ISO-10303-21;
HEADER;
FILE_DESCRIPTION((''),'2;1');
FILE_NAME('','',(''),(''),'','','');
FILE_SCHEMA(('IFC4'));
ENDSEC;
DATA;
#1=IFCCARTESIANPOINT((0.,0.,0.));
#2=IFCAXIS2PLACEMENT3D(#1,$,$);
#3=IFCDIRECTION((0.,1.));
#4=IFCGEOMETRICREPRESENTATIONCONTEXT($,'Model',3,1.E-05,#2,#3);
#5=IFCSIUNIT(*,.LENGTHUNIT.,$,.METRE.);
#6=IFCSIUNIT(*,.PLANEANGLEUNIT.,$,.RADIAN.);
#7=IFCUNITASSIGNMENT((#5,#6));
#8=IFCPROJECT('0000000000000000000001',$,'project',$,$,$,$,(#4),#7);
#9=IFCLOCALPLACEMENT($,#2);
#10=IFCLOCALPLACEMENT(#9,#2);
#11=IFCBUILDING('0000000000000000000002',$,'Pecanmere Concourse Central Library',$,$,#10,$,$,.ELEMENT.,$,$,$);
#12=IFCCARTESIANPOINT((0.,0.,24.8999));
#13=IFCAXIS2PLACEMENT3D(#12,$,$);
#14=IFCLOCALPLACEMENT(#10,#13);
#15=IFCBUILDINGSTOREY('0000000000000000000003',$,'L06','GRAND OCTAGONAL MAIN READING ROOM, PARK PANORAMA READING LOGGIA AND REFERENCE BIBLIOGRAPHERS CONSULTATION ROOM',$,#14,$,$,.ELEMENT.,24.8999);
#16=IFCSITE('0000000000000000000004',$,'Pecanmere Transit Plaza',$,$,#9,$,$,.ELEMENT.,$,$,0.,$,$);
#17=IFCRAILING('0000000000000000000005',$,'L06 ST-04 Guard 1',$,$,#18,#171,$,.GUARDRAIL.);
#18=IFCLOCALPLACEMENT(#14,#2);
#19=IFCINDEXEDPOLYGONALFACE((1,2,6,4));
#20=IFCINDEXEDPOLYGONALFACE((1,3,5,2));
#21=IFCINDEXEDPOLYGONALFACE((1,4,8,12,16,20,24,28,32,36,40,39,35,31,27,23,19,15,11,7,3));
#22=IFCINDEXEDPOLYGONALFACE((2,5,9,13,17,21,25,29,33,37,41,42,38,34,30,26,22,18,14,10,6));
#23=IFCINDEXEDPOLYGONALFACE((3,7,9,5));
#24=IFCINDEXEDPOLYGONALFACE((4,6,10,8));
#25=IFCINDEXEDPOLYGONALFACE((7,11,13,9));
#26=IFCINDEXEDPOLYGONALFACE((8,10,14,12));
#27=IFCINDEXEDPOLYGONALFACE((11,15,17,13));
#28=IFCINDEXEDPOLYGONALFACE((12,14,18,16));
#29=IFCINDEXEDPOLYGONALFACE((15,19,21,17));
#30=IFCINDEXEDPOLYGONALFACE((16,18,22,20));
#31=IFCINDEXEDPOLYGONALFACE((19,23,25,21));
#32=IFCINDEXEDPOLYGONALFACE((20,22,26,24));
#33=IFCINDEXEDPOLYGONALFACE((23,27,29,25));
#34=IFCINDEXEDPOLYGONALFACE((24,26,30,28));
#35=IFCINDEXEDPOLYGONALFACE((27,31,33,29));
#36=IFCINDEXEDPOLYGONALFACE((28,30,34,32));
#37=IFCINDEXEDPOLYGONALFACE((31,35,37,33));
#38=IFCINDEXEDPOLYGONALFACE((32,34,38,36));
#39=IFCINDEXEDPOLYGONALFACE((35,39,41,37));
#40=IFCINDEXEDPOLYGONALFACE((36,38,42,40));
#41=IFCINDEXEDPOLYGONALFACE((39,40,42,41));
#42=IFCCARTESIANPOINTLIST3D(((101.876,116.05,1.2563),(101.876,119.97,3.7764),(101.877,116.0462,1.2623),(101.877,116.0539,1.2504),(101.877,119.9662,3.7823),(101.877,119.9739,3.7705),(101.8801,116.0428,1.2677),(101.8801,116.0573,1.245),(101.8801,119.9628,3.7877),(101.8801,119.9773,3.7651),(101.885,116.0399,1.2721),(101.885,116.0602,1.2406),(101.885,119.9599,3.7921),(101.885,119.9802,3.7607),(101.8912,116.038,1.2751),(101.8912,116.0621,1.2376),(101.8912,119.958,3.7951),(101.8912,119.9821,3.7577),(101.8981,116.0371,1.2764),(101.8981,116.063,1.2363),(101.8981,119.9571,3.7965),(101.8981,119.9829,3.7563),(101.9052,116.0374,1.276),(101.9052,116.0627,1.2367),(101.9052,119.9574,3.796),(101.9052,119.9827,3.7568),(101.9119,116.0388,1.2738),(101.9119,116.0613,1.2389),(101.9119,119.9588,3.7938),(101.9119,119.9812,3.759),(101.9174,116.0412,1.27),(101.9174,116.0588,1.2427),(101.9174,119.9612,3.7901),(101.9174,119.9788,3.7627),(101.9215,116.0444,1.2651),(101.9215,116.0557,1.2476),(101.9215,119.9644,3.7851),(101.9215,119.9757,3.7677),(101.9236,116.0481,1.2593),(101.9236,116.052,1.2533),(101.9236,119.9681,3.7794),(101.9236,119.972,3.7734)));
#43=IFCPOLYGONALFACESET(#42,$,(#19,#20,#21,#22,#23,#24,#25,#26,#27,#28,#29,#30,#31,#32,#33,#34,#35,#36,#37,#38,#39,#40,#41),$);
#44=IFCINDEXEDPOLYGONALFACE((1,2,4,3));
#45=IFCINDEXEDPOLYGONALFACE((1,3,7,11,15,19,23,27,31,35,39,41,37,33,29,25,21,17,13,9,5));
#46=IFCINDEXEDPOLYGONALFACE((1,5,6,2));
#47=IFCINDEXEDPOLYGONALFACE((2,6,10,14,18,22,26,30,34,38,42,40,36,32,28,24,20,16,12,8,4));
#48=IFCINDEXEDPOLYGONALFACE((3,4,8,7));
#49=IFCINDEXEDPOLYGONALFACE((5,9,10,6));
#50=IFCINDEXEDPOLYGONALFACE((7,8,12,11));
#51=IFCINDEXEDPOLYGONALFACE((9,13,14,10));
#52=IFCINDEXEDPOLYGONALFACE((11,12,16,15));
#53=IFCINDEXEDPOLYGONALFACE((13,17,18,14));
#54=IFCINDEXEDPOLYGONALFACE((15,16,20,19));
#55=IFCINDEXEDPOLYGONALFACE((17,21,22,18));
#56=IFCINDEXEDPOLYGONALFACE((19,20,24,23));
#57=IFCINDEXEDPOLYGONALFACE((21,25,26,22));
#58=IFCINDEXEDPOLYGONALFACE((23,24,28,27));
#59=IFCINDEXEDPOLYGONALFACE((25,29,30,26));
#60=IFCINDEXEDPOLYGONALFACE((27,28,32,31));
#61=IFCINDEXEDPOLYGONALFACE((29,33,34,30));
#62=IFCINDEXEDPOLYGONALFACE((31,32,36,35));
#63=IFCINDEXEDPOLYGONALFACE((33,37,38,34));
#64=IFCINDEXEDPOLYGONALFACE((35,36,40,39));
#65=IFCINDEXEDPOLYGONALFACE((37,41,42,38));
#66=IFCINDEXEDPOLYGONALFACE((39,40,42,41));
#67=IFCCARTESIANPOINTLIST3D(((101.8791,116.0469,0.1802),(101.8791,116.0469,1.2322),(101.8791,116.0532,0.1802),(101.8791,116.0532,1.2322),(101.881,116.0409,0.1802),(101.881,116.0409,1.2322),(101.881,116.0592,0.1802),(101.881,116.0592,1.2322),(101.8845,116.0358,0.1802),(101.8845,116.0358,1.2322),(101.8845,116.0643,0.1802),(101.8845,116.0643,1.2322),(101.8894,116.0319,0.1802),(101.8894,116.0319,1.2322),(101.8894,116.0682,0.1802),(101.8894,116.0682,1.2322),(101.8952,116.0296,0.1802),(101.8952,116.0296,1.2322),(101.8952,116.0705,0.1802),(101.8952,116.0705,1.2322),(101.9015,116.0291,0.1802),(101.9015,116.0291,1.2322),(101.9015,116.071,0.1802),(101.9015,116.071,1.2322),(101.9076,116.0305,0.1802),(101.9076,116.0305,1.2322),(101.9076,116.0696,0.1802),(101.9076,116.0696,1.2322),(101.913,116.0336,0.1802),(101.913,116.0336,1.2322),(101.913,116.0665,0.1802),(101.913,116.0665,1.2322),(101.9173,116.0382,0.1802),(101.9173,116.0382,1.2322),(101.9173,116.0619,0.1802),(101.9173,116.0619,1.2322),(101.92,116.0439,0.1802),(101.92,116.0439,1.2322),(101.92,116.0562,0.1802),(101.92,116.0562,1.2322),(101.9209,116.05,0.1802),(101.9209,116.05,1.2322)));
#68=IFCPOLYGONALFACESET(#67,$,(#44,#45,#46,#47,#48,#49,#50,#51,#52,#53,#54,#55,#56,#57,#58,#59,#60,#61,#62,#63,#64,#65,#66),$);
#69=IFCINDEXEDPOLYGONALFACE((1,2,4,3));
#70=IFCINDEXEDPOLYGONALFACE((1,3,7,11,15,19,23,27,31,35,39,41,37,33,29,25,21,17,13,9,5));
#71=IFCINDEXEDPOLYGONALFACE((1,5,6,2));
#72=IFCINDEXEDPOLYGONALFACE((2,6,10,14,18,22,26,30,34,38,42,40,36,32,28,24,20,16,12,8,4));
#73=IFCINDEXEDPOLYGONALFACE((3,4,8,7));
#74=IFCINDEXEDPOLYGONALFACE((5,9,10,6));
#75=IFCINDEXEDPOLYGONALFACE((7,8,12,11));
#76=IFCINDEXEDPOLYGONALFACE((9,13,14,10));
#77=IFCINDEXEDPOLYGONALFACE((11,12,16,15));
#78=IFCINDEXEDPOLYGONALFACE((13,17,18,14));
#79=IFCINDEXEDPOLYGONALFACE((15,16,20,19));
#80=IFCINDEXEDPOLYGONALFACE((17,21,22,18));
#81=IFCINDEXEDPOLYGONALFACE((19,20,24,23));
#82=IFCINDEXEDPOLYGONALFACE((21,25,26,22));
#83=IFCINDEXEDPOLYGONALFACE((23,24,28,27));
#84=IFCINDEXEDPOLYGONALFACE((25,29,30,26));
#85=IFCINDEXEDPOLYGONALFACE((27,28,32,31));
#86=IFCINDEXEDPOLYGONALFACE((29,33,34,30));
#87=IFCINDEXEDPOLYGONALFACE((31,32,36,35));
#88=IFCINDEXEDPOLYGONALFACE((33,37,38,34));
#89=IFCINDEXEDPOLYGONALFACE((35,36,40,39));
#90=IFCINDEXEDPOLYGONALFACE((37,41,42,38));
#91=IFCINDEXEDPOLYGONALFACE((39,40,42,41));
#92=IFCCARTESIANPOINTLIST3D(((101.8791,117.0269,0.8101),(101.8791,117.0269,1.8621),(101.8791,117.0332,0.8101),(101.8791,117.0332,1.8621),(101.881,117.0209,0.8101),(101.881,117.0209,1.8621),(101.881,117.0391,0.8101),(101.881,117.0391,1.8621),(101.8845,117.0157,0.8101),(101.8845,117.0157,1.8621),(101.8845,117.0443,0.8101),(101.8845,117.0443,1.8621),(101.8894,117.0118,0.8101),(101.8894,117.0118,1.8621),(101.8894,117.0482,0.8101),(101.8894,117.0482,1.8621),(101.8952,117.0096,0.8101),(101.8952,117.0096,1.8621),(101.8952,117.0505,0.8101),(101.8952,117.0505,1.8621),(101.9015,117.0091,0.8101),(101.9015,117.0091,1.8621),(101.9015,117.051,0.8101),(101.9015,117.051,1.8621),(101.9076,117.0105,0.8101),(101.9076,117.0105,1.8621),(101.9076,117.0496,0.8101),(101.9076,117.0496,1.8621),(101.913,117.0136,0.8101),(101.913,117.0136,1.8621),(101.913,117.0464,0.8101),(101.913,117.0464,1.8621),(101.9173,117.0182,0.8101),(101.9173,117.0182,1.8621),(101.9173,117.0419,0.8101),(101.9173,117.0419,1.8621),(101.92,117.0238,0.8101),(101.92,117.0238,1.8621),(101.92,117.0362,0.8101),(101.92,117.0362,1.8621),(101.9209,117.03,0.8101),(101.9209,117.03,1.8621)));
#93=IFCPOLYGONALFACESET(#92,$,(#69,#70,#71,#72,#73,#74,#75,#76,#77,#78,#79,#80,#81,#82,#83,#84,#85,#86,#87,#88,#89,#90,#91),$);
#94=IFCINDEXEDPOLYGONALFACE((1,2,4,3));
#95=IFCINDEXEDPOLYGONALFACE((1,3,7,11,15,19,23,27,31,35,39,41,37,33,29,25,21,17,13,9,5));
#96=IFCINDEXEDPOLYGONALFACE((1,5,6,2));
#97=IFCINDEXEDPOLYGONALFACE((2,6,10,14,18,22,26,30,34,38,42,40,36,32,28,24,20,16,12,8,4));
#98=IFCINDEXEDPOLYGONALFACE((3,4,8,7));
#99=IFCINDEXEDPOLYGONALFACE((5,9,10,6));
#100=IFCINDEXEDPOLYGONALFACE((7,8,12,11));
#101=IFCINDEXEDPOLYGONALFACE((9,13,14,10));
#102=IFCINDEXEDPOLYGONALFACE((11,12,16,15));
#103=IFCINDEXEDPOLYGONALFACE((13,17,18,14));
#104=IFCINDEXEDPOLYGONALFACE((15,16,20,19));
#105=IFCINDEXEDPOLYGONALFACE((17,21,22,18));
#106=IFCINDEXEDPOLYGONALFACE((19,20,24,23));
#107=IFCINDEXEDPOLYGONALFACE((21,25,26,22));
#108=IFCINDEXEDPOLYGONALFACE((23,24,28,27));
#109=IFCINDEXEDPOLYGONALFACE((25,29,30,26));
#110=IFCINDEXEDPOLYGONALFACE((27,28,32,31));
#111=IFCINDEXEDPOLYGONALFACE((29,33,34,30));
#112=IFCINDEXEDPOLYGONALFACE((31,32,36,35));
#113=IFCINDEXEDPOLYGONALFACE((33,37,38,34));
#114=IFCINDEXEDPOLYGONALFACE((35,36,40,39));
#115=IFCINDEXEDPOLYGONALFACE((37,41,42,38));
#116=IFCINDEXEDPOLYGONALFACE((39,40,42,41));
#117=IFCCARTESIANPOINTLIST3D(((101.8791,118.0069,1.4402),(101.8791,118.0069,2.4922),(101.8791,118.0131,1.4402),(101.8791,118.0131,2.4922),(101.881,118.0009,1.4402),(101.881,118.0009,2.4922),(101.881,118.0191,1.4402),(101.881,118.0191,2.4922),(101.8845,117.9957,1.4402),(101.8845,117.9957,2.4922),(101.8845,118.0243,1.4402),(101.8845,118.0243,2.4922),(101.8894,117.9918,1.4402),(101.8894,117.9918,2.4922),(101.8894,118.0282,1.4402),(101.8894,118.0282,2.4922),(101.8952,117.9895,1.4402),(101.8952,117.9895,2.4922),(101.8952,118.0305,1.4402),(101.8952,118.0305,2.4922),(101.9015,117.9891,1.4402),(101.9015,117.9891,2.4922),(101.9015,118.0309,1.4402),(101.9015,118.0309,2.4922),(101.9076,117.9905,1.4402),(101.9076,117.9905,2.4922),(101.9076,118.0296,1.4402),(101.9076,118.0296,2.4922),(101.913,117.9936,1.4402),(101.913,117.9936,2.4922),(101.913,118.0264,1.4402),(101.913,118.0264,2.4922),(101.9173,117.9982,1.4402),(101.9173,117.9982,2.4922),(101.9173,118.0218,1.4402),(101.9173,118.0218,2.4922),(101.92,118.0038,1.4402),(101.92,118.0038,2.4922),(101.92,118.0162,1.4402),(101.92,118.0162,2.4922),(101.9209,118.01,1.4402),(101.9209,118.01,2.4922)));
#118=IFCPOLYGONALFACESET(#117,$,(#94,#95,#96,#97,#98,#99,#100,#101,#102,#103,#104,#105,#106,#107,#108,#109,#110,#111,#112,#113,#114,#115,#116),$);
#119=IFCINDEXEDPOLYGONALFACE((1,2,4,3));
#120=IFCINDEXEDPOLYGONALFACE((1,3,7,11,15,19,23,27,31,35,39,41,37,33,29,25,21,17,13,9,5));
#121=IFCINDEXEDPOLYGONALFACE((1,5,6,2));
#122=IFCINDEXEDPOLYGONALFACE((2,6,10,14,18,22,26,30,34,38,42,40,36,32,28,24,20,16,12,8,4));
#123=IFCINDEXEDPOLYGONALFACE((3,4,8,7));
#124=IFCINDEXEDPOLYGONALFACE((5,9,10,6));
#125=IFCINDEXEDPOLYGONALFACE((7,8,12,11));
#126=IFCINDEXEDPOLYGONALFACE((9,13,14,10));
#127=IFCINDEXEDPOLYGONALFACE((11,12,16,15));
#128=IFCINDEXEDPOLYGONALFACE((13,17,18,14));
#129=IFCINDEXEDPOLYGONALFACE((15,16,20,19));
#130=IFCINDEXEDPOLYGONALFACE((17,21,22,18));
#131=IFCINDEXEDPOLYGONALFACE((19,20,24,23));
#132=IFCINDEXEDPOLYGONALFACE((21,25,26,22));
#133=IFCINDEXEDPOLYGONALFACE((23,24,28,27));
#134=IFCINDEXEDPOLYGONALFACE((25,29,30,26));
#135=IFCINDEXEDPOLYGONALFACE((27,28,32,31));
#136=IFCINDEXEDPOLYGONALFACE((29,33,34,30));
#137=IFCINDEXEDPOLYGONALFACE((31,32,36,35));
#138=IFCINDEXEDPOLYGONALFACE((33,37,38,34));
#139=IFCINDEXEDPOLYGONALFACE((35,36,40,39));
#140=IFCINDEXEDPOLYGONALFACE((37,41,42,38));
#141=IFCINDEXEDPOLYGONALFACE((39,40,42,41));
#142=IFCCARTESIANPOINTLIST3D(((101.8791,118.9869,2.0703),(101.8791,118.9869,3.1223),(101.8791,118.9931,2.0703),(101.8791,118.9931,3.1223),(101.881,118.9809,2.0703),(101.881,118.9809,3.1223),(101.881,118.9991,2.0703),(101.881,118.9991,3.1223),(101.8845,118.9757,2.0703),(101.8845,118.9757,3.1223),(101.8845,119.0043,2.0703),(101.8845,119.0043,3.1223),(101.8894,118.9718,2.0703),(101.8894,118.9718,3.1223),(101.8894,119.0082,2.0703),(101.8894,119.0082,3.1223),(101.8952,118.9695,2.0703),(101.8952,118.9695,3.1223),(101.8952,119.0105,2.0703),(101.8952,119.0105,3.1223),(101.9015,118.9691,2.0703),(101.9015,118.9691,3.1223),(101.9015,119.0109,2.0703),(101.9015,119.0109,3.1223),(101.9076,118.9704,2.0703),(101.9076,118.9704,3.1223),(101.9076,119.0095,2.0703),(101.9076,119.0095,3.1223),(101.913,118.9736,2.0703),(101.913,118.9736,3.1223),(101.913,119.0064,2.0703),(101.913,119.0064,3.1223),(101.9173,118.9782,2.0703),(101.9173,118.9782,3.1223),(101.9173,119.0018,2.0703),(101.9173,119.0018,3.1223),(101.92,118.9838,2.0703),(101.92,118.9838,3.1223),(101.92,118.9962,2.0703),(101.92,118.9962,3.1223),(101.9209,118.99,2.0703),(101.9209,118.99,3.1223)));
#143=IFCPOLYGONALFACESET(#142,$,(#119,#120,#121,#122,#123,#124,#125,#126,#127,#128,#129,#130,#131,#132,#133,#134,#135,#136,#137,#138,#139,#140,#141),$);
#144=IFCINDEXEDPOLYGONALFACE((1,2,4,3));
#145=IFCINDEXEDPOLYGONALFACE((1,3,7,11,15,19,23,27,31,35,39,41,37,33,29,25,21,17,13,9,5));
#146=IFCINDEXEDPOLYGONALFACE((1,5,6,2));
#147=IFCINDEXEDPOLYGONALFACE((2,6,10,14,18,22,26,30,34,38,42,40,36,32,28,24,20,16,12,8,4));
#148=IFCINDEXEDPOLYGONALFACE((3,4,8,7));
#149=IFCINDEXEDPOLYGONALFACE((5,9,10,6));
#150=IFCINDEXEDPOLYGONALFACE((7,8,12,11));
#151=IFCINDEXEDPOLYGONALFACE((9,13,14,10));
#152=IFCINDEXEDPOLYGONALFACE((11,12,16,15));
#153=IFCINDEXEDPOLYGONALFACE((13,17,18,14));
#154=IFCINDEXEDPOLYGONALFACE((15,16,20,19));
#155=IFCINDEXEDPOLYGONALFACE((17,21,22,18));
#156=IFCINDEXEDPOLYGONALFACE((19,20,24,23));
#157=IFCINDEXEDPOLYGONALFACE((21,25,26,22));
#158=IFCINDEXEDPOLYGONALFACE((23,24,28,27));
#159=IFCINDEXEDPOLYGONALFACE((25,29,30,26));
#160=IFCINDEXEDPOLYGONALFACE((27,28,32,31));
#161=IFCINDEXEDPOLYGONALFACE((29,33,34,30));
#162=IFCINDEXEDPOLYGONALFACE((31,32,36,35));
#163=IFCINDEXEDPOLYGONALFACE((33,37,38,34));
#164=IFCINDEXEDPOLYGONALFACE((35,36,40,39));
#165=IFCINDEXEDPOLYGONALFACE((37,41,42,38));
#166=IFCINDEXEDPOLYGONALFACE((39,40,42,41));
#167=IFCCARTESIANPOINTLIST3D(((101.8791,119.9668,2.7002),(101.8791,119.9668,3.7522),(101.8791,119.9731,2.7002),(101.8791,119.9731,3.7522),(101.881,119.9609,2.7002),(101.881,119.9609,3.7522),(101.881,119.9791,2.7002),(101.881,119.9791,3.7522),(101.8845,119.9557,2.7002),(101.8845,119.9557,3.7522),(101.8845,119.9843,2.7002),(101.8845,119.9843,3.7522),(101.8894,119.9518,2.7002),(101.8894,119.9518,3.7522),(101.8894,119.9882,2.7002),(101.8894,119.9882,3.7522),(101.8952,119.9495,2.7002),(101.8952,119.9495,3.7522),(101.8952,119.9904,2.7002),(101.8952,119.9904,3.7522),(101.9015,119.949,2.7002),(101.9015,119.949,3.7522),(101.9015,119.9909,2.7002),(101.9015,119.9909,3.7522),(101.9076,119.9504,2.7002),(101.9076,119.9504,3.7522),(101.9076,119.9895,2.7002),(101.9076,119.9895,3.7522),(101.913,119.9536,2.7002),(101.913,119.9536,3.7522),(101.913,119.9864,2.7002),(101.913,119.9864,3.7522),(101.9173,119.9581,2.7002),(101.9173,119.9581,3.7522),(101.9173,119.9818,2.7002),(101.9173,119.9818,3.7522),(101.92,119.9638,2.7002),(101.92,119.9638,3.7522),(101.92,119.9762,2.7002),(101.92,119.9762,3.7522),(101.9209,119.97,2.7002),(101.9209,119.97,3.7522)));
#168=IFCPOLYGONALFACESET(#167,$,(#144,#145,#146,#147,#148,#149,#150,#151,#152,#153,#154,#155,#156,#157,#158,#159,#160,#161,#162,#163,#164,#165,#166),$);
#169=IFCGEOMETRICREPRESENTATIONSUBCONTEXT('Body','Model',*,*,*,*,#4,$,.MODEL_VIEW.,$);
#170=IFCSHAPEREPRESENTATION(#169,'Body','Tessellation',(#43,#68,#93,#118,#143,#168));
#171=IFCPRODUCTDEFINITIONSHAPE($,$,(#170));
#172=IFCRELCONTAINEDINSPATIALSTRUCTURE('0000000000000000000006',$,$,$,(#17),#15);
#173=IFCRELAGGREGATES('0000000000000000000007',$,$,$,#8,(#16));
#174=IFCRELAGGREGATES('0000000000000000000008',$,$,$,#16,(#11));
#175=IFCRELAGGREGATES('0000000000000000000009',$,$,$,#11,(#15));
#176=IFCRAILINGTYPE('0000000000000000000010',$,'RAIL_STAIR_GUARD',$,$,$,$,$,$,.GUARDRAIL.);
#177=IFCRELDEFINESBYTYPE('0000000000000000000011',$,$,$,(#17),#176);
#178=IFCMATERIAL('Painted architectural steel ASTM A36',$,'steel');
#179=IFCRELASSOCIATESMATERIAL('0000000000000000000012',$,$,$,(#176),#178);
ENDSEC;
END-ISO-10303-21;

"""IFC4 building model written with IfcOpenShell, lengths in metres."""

from ifc_helpers import new_model, si_unit, direction, frame, origin, origin_2d, place, context, subcontext, project, spatial, circle, extrude, material, type_object, element, save


model = new_model("IFC4")

# Units and contexts
model_context = context("Model", 3, precision=1e-05, world=origin(), true_north=direction((0.0, 1.0)))
body_context = subcontext(model_context, "Body", "Model", "MODEL_VIEW")
ifc_project = project(units=[si_unit("LENGTHUNIT", "METRE"), si_unit("PLANEANGLEUNIT", "RADIAN")], contexts=[model_context])

# Site, building, storey
site_placement = place(None, origin())
site = spatial("IfcSite", under=ifc_project, at=site_placement, Name="Pecanmere Transit Plaza", CompositionType="ELEMENT", RefElevation=0.0)
building_placement = place(site_placement, origin())
building = spatial("IfcBuilding", under=site, at=building_placement, Name="Pecanmere Concourse Central Library", CompositionType="ELEMENT")
storey_placement = place(building_placement, frame((0.0, 0.0, 24.8999)))
storey = spatial("IfcBuildingStorey", under=building, at=storey_placement, Name="L06", Description="GRAND OCTAGONAL MAIN READING ROOM, PARK PANORAMA READING LOGGIA AND REFERENCE BIBLIOGRAPHERS CONSULTATION ROOM", CompositionType="ELEMENT", Elevation=24.8999)

# Railing
ifc_material_1 = material(Name="Painted architectural steel ASTM A36", Category="steel")
railing_type_1 = type_object("IfcRailingType", Name="RAIL_STAIR_GUARD", PredefinedType="GUARDRAIL", material=ifc_material_1)
railing_1_placement = place(storey_placement, frame((101.8999, 116.05, 0.1802)))
element("IfcRailing", 1, at=railing_1_placement, inside=storey, type_object=railing_type_1, Name="L06 ST-04 Guard 1", PredefinedType="GUARDRAIL", context=body_context, shape_type="SweptSolid", body=[
    extrude(circle(Radius=0.0239, at=origin_2d()), frame((0.0, 0.0, 1.0762), z_axis=(0.0, 0.841172, 0.540768), x_axis=(-1.0, 0.0, 0.0)), (0.0, 0.0, 1.0), 4.6602),
    extrude(circle(Radius=0.021, at=origin_2d()), origin(), (0.0, 0.0, 1.0), 1.052),
    extrude(circle(Radius=0.021, at=origin_2d()), frame((0.0, 0.98, 0.6299)), (0.0, 0.0, 1.0), 1.052),
    extrude(circle(Radius=0.021, at=origin_2d()), frame((0.0, 1.96, 1.26)), (0.0, 0.0, 1.0), 1.052),
    extrude(circle(Radius=0.021, at=origin_2d()), frame((0.0, 2.9399, 1.8901)), (0.0, 0.0, 1.0), 1.052),
    extrude(circle(Radius=0.021, at=origin_2d()), frame((0.0, 3.9199, 2.52)), (0.0, 0.0, 1.0), 1.052),
])

save(model, "model.ifc")
